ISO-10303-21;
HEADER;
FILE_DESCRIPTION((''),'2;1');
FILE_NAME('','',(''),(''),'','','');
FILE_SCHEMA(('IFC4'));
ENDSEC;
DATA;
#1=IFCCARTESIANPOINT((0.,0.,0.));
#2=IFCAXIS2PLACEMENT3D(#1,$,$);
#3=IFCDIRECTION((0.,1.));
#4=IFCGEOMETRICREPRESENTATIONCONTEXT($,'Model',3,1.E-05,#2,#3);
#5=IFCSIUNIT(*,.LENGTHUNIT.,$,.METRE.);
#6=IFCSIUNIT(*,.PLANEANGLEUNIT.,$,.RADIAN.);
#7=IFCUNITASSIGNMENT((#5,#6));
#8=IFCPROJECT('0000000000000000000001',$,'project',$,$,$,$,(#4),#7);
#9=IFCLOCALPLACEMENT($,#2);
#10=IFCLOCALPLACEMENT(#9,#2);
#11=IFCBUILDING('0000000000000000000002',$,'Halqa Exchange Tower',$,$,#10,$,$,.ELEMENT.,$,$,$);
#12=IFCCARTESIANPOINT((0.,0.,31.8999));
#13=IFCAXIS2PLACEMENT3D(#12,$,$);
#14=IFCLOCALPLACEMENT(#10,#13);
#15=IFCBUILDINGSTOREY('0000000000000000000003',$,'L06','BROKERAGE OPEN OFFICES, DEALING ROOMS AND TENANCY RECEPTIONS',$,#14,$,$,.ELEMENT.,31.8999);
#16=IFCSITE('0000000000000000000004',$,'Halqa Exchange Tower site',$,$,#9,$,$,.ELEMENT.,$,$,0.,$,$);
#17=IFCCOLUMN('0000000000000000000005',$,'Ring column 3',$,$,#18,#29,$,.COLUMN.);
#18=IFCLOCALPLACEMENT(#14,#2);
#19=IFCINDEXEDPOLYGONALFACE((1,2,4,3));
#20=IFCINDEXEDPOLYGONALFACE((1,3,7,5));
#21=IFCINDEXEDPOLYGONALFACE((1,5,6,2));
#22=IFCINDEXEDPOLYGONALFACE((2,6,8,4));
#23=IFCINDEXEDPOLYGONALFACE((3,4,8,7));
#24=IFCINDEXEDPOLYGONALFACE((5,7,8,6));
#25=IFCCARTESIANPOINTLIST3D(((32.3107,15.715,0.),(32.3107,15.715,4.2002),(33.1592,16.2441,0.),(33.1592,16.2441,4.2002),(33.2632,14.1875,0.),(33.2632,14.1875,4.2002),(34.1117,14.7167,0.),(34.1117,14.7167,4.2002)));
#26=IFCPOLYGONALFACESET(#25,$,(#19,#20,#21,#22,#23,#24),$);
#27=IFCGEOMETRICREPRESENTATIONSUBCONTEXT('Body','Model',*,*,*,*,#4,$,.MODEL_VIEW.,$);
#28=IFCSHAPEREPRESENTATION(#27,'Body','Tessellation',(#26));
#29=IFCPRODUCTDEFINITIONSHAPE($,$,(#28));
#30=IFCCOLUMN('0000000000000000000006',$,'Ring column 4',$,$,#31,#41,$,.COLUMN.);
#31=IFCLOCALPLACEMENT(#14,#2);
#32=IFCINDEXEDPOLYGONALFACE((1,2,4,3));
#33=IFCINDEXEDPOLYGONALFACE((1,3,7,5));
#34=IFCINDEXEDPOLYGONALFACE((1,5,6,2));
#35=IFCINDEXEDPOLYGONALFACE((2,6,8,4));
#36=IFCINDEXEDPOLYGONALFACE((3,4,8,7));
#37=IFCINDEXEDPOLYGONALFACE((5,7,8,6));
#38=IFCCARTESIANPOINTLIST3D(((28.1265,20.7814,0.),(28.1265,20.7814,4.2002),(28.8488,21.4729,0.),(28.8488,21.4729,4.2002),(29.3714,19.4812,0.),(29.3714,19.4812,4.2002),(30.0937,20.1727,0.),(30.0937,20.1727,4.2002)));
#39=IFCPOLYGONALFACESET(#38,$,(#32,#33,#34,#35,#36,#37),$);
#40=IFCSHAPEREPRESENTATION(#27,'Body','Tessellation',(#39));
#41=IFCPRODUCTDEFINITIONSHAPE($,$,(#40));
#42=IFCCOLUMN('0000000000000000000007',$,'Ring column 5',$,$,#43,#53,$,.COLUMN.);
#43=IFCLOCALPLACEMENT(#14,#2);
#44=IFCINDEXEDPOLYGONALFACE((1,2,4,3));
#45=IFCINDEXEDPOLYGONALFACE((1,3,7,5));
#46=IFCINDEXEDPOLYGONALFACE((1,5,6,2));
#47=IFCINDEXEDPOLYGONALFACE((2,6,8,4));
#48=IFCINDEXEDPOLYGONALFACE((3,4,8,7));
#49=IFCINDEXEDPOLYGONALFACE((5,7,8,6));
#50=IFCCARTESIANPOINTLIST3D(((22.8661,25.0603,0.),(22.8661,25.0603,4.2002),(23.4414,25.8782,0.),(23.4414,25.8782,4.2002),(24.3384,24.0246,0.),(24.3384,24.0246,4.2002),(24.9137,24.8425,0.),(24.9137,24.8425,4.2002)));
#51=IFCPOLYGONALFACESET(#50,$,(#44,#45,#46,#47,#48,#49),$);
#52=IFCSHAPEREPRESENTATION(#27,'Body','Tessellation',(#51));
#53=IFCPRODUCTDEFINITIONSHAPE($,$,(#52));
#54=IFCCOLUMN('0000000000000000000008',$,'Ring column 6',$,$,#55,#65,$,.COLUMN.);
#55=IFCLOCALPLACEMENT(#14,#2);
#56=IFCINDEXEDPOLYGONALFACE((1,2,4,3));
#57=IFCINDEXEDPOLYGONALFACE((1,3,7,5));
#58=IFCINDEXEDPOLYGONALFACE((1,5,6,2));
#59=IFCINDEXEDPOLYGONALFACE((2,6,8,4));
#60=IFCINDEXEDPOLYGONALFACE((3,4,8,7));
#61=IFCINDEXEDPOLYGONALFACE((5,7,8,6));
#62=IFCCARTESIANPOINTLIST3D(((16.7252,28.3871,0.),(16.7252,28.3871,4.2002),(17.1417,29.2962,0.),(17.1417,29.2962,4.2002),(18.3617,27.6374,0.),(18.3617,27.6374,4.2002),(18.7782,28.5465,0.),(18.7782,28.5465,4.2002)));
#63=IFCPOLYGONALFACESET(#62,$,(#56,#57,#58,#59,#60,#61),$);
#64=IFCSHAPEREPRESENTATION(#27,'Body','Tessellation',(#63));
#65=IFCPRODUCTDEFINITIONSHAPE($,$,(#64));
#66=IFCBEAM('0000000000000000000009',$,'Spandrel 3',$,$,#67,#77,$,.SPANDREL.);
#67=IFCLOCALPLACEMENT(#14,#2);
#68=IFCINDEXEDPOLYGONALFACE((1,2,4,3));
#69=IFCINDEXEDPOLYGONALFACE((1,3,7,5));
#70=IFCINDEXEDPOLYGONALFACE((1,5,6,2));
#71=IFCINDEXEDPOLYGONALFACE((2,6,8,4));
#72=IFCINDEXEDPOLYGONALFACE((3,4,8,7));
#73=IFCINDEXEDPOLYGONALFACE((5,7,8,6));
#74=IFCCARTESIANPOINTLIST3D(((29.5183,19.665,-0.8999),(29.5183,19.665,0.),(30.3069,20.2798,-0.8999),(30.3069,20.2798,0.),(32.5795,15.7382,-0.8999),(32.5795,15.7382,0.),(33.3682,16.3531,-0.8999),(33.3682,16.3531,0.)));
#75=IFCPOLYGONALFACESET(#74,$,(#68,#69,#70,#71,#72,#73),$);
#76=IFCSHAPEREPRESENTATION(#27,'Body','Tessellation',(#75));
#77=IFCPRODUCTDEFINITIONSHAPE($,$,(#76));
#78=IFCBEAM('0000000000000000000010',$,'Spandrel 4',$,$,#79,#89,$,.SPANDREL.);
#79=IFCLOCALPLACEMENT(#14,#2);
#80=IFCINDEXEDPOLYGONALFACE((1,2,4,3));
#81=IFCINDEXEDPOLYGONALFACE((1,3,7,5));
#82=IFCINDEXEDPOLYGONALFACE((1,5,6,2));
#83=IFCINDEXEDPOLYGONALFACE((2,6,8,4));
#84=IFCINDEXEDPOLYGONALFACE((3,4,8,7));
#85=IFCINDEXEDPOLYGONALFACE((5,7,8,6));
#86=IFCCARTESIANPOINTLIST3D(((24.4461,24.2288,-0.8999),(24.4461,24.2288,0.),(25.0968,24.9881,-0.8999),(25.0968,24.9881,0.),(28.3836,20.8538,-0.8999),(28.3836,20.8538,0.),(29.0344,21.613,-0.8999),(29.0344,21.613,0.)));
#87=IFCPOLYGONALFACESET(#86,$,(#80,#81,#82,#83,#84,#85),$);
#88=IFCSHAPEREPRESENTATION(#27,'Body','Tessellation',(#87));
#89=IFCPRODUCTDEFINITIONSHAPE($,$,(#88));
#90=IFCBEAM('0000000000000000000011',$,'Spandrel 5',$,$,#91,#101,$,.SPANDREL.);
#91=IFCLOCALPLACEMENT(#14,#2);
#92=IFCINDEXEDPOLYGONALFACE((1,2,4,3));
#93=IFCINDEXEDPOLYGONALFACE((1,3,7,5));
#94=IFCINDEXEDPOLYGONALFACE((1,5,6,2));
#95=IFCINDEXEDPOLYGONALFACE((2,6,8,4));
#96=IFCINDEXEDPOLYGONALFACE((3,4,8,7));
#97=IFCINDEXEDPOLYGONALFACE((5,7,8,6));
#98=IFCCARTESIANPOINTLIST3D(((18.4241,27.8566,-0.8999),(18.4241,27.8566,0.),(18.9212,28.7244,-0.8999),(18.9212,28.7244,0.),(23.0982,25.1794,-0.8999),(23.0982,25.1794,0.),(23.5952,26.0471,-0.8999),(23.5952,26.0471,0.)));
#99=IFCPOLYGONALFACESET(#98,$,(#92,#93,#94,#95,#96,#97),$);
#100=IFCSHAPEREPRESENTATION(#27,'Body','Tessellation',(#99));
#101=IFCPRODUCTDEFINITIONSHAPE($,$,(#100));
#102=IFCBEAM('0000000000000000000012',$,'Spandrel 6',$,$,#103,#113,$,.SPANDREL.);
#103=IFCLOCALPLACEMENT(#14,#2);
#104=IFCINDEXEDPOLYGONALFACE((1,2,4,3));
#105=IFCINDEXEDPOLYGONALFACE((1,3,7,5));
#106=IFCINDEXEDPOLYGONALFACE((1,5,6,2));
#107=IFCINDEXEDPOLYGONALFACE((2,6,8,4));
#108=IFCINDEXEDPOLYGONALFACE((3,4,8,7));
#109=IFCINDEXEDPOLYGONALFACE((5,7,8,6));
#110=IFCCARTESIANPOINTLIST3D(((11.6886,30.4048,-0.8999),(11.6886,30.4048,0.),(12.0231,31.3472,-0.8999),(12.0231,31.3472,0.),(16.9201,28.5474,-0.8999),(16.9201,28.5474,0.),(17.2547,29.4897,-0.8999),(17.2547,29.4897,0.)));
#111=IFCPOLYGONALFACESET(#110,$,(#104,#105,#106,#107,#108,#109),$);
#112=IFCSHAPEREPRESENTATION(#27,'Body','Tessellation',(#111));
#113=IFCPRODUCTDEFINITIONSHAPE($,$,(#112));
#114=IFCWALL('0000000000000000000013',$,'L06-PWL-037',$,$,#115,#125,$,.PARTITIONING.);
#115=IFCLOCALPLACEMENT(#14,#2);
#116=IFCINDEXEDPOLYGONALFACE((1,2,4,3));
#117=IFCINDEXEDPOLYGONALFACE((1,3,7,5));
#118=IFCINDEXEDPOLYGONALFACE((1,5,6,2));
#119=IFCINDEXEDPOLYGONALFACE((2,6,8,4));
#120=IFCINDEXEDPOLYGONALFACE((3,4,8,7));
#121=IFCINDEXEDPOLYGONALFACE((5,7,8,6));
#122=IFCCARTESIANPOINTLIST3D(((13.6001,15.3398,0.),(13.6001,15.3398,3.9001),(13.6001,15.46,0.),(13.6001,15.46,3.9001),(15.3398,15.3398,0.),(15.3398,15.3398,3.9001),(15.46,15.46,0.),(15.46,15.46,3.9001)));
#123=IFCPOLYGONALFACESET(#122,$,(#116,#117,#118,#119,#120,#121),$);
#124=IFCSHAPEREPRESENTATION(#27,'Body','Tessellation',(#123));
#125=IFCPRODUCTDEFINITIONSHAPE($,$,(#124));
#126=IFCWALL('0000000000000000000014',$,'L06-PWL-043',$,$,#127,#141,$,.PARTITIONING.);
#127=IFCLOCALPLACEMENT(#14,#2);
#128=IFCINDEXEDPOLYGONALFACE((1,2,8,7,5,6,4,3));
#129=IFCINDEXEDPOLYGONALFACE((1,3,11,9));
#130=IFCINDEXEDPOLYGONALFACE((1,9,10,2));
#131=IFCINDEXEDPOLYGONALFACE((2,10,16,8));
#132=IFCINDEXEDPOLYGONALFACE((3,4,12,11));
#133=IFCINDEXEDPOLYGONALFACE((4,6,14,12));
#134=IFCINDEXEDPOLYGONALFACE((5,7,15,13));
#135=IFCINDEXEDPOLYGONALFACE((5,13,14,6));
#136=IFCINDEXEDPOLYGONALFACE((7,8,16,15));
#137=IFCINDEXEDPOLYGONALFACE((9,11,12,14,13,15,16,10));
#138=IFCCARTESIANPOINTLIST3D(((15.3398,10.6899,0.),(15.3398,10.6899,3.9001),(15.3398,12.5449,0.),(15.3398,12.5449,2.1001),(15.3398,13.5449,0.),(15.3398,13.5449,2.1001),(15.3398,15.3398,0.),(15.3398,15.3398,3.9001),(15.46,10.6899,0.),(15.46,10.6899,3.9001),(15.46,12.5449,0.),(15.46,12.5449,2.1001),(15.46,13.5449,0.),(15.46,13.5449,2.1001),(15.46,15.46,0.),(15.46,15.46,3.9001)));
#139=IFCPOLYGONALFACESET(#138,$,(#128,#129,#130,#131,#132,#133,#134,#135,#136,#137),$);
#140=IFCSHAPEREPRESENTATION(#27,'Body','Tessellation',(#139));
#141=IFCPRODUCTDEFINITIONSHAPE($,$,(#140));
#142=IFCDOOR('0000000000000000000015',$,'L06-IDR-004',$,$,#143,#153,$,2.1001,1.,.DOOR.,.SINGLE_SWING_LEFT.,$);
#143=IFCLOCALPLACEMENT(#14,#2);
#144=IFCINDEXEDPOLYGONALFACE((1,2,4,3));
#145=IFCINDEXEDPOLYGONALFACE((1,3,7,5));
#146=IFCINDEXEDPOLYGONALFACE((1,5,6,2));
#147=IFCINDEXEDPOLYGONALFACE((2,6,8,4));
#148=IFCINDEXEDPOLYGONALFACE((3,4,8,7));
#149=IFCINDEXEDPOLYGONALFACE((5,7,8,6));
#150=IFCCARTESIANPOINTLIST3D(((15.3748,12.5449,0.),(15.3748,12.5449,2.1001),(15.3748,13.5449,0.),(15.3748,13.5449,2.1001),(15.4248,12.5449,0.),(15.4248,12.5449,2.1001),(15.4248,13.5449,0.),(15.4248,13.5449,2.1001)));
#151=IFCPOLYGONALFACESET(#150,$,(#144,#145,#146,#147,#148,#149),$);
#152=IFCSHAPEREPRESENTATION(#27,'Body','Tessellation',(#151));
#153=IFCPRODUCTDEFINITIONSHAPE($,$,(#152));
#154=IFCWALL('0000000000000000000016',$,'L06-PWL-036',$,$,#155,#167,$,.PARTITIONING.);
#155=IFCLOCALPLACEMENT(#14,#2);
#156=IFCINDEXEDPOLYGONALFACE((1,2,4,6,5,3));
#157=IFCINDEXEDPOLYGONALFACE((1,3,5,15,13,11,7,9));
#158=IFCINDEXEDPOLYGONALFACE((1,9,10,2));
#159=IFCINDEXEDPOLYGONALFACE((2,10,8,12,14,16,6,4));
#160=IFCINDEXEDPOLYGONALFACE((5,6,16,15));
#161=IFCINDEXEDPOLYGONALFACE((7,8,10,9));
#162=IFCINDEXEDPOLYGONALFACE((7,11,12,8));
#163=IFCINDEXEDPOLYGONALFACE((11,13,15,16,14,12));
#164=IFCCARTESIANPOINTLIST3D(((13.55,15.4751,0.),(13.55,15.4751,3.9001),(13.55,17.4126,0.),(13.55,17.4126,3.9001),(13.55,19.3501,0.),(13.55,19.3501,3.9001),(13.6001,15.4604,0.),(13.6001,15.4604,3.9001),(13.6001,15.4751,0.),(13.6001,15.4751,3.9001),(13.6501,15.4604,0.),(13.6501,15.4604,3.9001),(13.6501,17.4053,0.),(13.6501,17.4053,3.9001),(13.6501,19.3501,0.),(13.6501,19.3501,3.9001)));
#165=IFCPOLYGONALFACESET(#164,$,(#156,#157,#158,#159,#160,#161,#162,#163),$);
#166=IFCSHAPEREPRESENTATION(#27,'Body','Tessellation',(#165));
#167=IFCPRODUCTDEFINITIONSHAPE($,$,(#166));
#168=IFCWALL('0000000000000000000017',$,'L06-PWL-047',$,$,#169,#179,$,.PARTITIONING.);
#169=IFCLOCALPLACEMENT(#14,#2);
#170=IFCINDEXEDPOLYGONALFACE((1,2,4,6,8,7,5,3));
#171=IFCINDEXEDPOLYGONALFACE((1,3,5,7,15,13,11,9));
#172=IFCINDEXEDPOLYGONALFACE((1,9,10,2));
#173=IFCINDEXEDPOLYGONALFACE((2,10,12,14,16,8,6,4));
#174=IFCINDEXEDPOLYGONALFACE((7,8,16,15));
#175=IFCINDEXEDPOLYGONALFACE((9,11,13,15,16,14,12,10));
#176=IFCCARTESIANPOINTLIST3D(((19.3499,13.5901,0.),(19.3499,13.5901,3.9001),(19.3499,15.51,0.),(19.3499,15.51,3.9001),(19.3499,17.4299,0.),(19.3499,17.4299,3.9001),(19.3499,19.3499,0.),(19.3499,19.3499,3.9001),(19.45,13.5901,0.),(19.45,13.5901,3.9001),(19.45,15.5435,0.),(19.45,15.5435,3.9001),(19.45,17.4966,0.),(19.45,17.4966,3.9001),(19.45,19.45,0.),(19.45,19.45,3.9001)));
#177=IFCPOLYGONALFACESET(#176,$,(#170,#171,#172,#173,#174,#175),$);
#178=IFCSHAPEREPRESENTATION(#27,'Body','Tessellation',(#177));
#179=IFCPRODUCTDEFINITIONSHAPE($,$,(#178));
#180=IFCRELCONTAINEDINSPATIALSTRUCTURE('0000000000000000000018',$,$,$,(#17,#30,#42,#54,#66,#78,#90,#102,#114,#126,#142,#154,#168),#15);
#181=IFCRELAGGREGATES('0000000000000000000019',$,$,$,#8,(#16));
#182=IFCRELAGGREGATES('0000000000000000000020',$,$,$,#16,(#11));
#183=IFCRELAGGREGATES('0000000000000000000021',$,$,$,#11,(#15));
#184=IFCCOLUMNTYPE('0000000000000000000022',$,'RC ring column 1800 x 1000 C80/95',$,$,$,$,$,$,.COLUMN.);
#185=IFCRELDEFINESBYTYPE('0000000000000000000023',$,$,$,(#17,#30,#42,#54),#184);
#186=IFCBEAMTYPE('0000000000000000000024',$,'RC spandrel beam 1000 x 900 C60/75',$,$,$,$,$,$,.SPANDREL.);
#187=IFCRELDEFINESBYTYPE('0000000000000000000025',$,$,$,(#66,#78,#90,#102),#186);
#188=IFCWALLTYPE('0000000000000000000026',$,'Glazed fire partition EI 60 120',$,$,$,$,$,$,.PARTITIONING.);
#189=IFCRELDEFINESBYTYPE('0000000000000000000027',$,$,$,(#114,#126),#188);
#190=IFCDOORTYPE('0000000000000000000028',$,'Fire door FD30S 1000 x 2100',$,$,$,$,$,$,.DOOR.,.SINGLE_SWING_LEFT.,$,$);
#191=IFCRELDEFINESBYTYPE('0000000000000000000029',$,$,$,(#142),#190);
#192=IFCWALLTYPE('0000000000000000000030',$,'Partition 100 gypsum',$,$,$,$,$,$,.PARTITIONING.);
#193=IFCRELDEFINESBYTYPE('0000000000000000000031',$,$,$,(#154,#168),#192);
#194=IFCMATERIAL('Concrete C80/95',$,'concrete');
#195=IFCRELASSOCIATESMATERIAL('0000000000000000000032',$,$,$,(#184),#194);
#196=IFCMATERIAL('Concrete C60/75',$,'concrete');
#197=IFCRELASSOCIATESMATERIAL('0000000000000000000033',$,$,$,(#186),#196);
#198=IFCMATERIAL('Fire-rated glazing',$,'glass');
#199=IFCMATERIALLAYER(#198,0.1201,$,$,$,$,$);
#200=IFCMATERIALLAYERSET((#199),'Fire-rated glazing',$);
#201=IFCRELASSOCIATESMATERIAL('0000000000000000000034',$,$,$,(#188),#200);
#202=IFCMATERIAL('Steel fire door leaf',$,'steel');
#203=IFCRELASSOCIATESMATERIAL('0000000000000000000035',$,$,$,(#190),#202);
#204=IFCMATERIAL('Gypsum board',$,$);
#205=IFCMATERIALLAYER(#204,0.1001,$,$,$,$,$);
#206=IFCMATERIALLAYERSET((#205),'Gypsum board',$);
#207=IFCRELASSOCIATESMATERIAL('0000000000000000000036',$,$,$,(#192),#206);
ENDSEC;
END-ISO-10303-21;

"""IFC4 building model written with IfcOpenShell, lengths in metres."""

from ifc_helpers import new_model, si_unit, direction, frame, frame_2d, origin, origin_2d, place, context, subcontext, project, spatial, polyline, rectangle, outline, extrude, material, layer, layer_set, material_profile, profile_set, type_object, element, fill, save


model = new_model("IFC4")

# Units and contexts
model_context = context("Model", 3, precision=1e-05, world=origin(), true_north=direction((0.0, 1.0)))
body_context = subcontext(model_context, "Body", "Model", "MODEL_VIEW")
ifc_project = project(units=[si_unit("LENGTHUNIT", "METRE"), si_unit("PLANEANGLEUNIT", "RADIAN")], contexts=[model_context])

# Site, building, storey
site_placement = place(None, origin())
site = spatial("IfcSite", under=ifc_project, at=site_placement, Name="Halqa Exchange Tower site", CompositionType="ELEMENT", RefElevation=0.0)
building_placement = place(site_placement, origin())
building = spatial("IfcBuilding", under=site, at=building_placement, Name="Halqa Exchange Tower", CompositionType="ELEMENT")
storey_placement = place(building_placement, frame((0.0, 0.0, 31.8999)))
storey = spatial("IfcBuildingStorey", under=building, at=storey_placement, Name="L06", Description="BROKERAGE OPEN OFFICES, DEALING ROOMS AND TENANCY RECEPTIONS", CompositionType="ELEMENT", Elevation=31.8999)

# Columns
ifc_material_1 = material(Name="Concrete C80/95", Category="concrete")
ifc_material_profile_1 = material_profile(ifc_material_1, rectangle(XDim=1.8, YDim=1.0, at=origin_2d()), Name="1800 x 1000")
ifc_profile_set_1 = profile_set([ifc_material_profile_1], Name="Concrete C80/95")
column_type = type_object("IfcColumnType", Name="RC ring column 1800 x 1000 C80/95", PredefinedType="COLUMN", material=ifc_profile_set_1)
for number, where, z_axis, x_axis, name in (
    (1, (33.2112, 15.2158, 0.0), (0.0, 0.0, 1.0), (-0.529142, 0.848533, 0.0), "Ring column 3"),
    (2, (29.1101, 20.4771, 0.0), (0.0, 0.0, 1.0), (-0.691575, 0.722305, 0.0), "Ring column 4"),
    (3, (23.8899, 24.9514, 0.0), (0.0, 0.0, 1.0), (-0.817912, 0.575344, 0.0), "Ring column 5"),
    (4, (17.7517, 28.4668, 0.0), (0.0, 0.0, 1.0), (-0.909128, 0.416517, 0.0), "Ring column 6"),
):
    element("IfcColumn", number, at=place(storey_placement, frame(where, z_axis=z_axis, x_axis=x_axis)), inside=storey, type_object=column_type, Name=name, PredefinedType="COLUMN", context=body_context, shape_type="SweptSolid", body=[
        extrude(rectangle(XDim=1.8, YDim=1.0, at=origin_2d()), origin(), (0.0, 0.0, 1.0), 4.2002),
    ])

# Beams
ifc_material_2 = material(Name="Concrete C60/75", Category="concrete")
ifc_material_profile_2 = material_profile(ifc_material_2, rectangle(XDim=1.0, YDim=0.8999, at=origin_2d()), Name="1000 x 900")
ifc_profile_set_2 = profile_set([ifc_material_profile_2], Name="Concrete C60/75")
beam_type = type_object("IfcBeamType", Name="RC spandrel beam 1000 x 900 C60/75", PredefinedType="SPANDREL", material=ifc_profile_set_2)
beam_1_placement = place(storey_placement, frame((32.9739, 16.0457, -0.45), z_axis=(-0.614833, 0.788657, 0.0), x_axis=(-0.788657, -0.614833, 0.0)))
element("IfcBeam", 5, at=beam_1_placement, inside=storey, type_object=beam_type, Name="Spandrel 3", PredefinedType="SPANDREL", context=body_context, shape_type="SweptSolid", body=[
    extrude(rectangle(XDim=1.0, YDim=0.8999, at=origin_2d()), origin(), (0.0, 0.0, 1.0), 4.979),
])
beam_2_placement = place(storey_placement, frame((28.709, 21.2334, -0.45), z_axis=(-0.759257, 0.650791, 0.0), x_axis=(-0.650791, -0.759257, 0.0)))
element("IfcBeam", 6, at=beam_2_placement, inside=storey, type_object=beam_type, Name="Spandrel 4", PredefinedType="SPANDREL", context=body_context, shape_type="SweptSolid", body=[
    extrude(rectangle(XDim=1.0, YDim=0.8999, at=origin_2d()), origin(), (0.0, 0.0, 1.0), 5.186),
])
beam_3_placement = place(storey_placement, frame((23.3467, 25.6133, -0.45), z_axis=(-0.867735, 0.497027, 0.0), x_axis=(-0.497027, -0.867735, 0.0)))
element("IfcBeam", 7, at=beam_3_placement, inside=storey, type_object=beam_type, Name="Spandrel 5", PredefinedType="SPANDREL", context=body_context, shape_type="SweptSolid", body=[
    extrude(rectangle(XDim=1.0, YDim=0.8999, at=origin_2d()), origin(), (0.0, 0.0, 1.0), 5.3865),
])
beam_4_placement = place(storey_placement, frame((17.0874, 29.0186, -0.45), z_axis=(-0.942365, 0.334586, 0.0), x_axis=(-0.334586, -0.942365, 0.0)))
element("IfcBeam", 8, at=beam_4_placement, inside=storey, type_object=beam_type, Name="Spandrel 6", PredefinedType="SPANDREL", context=body_context, shape_type="SweptSolid", body=[
    extrude(rectangle(XDim=1.0, YDim=0.8999, at=origin_2d()), origin(), (0.0, 0.0, 1.0), 5.5515),
])

# Wall
ifc_material_3 = material(Name="Fire-rated glazing", Category="glass")
ifc_layer_1 = layer(ifc_material_3, 0.1201)
ifc_layer_set_1 = layer_set([ifc_layer_1], Name="Fire-rated glazing")
wall_type_1 = type_object("IfcWallType", Name="Glazed fire partition EI 60 120", PredefinedType="PARTITIONING", material=ifc_layer_set_1)
wall_1_placement = place(storey_placement, frame((13.6001, 15.3999, 0.0), z_axis=(0.0, 0.0, 1.0), x_axis=(1.0, 0.0, 0.0)))
element("IfcWall", 9, at=wall_1_placement, inside=storey, type_object=wall_type_1, Name="L06-PWL-037", PredefinedType="PARTITIONING", context=body_context, shape_type="SweptSolid", body=[
    extrude(outline(polyline([(0.0, -0.0601), (1.7397, -0.0601), (1.8599, 0.0601), (0.0, 0.0601), (0.0, -0.0601)])), origin(), (0.0, 0.0, 1.0), 3.9001),
])

# Wall, opening, door
wall_2_placement = place(storey_placement, frame((15.3999, 15.46, 0.0), z_axis=(0.0, 0.0, 1.0), x_axis=(0.0, -1.0, 0.0)))
wall_2 = element("IfcWall", 10, at=wall_2_placement, inside=storey, type_object=wall_type_1, Name="L06-PWL-043", PredefinedType="PARTITIONING", context=body_context, shape_type="SweptSolid", body=[
    extrude(outline(polyline([(4.77, 0.0601), (3.1799, 0.0601), (1.5901, 0.0601), (0.0, 0.0601), (0.1201, -0.0601), (1.6702, -0.0601), (3.22, -0.0601), (4.77, -0.0601), (4.77, 0.0601)])), origin(), (0.0, 0.0, 1.0), 3.9001),
])
opening_1_placement = place(wall_2_placement, frame((1.915, 0.0, 0.0)))
opening_1 = element("IfcOpeningElement", 11, at=opening_1_placement, cuts=wall_2, PredefinedType="OPENING", context=body_context, shape_type="SweptSolid", body=[
    extrude(rectangle(XDim=1.0, YDim=2.1001, at=frame_2d((0.5, 1.05))), frame((0.0, 0.072, 0.0), z_axis=(0.0, -1.0, 0.0), x_axis=(1.0, 0.0, 0.0)), (0.0, 0.0, 1.0), 0.144),
])
ifc_material_4 = material(Name="Steel fire door leaf", Category="steel")
door_type_1 = type_object("IfcDoorType", Name="Fire door FD30S 1000 x 2100", OperationType="SINGLE_SWING_LEFT", PredefinedType="DOOR", material=ifc_material_4)
door_1_placement = place(opening_1_placement, origin())
door_1 = element("IfcDoor", 12, at=door_1_placement, inside=storey, type_object=door_type_1, Name="L06-IDR-004", OperationType="SINGLE_SWING_LEFT", OverallHeight=2.1001, OverallWidth=1.0, PredefinedType="DOOR", context=body_context, shape_type="SweptSolid", body=[
    extrude(rectangle(XDim=1.0, YDim=2.1001, at=frame_2d((0.5, 1.05))), frame((0.0, 0.0249, 0.0), z_axis=(0.0, -1.0, 0.0), x_axis=(1.0, 0.0, 0.0)), (0.0, 0.0, 1.0), 0.05),
])
fill(opening_1, door_1)

# Walls
ifc_material_5 = material(Name="Gypsum board")
ifc_layer_2 = layer(ifc_material_5, 0.1001)
ifc_layer_set_2 = layer_set([ifc_layer_2], Name="Gypsum board")
wall_type_2 = type_object("IfcWallType", Name="Partition 100 gypsum", PredefinedType="PARTITIONING", material=ifc_layer_set_2)
wall_3_placement = place(storey_placement, frame((13.6001, 15.4604, 0.0), z_axis=(0.0, 0.0, 1.0), x_axis=(0.0, 1.0, 0.0)))
element("IfcWall", 13, at=wall_3_placement, inside=storey, type_object=wall_type_2, Name="L06-PWL-036", PredefinedType="PARTITIONING", context=body_context, shape_type="SweptSolid", body=[
    extrude(outline(polyline([(0.0, -0.05), (1.9448, -0.05), (3.8896, -0.05), (3.8896, 0.05), (1.9521, 0.05), (0.0146, 0.05), (0.0146, 0.0), (0.0, 0.0), (0.0, -0.05)])), origin(), (0.0, 0.0, 1.0), 3.9001),
])
wall_4_placement = place(storey_placement, frame((19.3999, 19.45, 0.0), z_axis=(0.0, 0.0, 1.0), x_axis=(0.0, -1.0, 0.0)))
element("IfcWall", 14, at=wall_4_placement, inside=storey, type_object=wall_type_2, Name="L06-PWL-047", PredefinedType="PARTITIONING", context=body_context, shape_type="SweptSolid", body=[
    extrude(outline(polyline([(5.8599, 0.05), (3.9065, 0.05), (1.9534, 0.05), (0.0, 0.05), (0.1001, -0.05), (2.02, -0.05), (3.9399, -0.05), (5.8599, -0.05), (5.8599, 0.05)])), origin(), (0.0, 0.0, 1.0), 3.9001),
])

save(model, "model.ifc")
